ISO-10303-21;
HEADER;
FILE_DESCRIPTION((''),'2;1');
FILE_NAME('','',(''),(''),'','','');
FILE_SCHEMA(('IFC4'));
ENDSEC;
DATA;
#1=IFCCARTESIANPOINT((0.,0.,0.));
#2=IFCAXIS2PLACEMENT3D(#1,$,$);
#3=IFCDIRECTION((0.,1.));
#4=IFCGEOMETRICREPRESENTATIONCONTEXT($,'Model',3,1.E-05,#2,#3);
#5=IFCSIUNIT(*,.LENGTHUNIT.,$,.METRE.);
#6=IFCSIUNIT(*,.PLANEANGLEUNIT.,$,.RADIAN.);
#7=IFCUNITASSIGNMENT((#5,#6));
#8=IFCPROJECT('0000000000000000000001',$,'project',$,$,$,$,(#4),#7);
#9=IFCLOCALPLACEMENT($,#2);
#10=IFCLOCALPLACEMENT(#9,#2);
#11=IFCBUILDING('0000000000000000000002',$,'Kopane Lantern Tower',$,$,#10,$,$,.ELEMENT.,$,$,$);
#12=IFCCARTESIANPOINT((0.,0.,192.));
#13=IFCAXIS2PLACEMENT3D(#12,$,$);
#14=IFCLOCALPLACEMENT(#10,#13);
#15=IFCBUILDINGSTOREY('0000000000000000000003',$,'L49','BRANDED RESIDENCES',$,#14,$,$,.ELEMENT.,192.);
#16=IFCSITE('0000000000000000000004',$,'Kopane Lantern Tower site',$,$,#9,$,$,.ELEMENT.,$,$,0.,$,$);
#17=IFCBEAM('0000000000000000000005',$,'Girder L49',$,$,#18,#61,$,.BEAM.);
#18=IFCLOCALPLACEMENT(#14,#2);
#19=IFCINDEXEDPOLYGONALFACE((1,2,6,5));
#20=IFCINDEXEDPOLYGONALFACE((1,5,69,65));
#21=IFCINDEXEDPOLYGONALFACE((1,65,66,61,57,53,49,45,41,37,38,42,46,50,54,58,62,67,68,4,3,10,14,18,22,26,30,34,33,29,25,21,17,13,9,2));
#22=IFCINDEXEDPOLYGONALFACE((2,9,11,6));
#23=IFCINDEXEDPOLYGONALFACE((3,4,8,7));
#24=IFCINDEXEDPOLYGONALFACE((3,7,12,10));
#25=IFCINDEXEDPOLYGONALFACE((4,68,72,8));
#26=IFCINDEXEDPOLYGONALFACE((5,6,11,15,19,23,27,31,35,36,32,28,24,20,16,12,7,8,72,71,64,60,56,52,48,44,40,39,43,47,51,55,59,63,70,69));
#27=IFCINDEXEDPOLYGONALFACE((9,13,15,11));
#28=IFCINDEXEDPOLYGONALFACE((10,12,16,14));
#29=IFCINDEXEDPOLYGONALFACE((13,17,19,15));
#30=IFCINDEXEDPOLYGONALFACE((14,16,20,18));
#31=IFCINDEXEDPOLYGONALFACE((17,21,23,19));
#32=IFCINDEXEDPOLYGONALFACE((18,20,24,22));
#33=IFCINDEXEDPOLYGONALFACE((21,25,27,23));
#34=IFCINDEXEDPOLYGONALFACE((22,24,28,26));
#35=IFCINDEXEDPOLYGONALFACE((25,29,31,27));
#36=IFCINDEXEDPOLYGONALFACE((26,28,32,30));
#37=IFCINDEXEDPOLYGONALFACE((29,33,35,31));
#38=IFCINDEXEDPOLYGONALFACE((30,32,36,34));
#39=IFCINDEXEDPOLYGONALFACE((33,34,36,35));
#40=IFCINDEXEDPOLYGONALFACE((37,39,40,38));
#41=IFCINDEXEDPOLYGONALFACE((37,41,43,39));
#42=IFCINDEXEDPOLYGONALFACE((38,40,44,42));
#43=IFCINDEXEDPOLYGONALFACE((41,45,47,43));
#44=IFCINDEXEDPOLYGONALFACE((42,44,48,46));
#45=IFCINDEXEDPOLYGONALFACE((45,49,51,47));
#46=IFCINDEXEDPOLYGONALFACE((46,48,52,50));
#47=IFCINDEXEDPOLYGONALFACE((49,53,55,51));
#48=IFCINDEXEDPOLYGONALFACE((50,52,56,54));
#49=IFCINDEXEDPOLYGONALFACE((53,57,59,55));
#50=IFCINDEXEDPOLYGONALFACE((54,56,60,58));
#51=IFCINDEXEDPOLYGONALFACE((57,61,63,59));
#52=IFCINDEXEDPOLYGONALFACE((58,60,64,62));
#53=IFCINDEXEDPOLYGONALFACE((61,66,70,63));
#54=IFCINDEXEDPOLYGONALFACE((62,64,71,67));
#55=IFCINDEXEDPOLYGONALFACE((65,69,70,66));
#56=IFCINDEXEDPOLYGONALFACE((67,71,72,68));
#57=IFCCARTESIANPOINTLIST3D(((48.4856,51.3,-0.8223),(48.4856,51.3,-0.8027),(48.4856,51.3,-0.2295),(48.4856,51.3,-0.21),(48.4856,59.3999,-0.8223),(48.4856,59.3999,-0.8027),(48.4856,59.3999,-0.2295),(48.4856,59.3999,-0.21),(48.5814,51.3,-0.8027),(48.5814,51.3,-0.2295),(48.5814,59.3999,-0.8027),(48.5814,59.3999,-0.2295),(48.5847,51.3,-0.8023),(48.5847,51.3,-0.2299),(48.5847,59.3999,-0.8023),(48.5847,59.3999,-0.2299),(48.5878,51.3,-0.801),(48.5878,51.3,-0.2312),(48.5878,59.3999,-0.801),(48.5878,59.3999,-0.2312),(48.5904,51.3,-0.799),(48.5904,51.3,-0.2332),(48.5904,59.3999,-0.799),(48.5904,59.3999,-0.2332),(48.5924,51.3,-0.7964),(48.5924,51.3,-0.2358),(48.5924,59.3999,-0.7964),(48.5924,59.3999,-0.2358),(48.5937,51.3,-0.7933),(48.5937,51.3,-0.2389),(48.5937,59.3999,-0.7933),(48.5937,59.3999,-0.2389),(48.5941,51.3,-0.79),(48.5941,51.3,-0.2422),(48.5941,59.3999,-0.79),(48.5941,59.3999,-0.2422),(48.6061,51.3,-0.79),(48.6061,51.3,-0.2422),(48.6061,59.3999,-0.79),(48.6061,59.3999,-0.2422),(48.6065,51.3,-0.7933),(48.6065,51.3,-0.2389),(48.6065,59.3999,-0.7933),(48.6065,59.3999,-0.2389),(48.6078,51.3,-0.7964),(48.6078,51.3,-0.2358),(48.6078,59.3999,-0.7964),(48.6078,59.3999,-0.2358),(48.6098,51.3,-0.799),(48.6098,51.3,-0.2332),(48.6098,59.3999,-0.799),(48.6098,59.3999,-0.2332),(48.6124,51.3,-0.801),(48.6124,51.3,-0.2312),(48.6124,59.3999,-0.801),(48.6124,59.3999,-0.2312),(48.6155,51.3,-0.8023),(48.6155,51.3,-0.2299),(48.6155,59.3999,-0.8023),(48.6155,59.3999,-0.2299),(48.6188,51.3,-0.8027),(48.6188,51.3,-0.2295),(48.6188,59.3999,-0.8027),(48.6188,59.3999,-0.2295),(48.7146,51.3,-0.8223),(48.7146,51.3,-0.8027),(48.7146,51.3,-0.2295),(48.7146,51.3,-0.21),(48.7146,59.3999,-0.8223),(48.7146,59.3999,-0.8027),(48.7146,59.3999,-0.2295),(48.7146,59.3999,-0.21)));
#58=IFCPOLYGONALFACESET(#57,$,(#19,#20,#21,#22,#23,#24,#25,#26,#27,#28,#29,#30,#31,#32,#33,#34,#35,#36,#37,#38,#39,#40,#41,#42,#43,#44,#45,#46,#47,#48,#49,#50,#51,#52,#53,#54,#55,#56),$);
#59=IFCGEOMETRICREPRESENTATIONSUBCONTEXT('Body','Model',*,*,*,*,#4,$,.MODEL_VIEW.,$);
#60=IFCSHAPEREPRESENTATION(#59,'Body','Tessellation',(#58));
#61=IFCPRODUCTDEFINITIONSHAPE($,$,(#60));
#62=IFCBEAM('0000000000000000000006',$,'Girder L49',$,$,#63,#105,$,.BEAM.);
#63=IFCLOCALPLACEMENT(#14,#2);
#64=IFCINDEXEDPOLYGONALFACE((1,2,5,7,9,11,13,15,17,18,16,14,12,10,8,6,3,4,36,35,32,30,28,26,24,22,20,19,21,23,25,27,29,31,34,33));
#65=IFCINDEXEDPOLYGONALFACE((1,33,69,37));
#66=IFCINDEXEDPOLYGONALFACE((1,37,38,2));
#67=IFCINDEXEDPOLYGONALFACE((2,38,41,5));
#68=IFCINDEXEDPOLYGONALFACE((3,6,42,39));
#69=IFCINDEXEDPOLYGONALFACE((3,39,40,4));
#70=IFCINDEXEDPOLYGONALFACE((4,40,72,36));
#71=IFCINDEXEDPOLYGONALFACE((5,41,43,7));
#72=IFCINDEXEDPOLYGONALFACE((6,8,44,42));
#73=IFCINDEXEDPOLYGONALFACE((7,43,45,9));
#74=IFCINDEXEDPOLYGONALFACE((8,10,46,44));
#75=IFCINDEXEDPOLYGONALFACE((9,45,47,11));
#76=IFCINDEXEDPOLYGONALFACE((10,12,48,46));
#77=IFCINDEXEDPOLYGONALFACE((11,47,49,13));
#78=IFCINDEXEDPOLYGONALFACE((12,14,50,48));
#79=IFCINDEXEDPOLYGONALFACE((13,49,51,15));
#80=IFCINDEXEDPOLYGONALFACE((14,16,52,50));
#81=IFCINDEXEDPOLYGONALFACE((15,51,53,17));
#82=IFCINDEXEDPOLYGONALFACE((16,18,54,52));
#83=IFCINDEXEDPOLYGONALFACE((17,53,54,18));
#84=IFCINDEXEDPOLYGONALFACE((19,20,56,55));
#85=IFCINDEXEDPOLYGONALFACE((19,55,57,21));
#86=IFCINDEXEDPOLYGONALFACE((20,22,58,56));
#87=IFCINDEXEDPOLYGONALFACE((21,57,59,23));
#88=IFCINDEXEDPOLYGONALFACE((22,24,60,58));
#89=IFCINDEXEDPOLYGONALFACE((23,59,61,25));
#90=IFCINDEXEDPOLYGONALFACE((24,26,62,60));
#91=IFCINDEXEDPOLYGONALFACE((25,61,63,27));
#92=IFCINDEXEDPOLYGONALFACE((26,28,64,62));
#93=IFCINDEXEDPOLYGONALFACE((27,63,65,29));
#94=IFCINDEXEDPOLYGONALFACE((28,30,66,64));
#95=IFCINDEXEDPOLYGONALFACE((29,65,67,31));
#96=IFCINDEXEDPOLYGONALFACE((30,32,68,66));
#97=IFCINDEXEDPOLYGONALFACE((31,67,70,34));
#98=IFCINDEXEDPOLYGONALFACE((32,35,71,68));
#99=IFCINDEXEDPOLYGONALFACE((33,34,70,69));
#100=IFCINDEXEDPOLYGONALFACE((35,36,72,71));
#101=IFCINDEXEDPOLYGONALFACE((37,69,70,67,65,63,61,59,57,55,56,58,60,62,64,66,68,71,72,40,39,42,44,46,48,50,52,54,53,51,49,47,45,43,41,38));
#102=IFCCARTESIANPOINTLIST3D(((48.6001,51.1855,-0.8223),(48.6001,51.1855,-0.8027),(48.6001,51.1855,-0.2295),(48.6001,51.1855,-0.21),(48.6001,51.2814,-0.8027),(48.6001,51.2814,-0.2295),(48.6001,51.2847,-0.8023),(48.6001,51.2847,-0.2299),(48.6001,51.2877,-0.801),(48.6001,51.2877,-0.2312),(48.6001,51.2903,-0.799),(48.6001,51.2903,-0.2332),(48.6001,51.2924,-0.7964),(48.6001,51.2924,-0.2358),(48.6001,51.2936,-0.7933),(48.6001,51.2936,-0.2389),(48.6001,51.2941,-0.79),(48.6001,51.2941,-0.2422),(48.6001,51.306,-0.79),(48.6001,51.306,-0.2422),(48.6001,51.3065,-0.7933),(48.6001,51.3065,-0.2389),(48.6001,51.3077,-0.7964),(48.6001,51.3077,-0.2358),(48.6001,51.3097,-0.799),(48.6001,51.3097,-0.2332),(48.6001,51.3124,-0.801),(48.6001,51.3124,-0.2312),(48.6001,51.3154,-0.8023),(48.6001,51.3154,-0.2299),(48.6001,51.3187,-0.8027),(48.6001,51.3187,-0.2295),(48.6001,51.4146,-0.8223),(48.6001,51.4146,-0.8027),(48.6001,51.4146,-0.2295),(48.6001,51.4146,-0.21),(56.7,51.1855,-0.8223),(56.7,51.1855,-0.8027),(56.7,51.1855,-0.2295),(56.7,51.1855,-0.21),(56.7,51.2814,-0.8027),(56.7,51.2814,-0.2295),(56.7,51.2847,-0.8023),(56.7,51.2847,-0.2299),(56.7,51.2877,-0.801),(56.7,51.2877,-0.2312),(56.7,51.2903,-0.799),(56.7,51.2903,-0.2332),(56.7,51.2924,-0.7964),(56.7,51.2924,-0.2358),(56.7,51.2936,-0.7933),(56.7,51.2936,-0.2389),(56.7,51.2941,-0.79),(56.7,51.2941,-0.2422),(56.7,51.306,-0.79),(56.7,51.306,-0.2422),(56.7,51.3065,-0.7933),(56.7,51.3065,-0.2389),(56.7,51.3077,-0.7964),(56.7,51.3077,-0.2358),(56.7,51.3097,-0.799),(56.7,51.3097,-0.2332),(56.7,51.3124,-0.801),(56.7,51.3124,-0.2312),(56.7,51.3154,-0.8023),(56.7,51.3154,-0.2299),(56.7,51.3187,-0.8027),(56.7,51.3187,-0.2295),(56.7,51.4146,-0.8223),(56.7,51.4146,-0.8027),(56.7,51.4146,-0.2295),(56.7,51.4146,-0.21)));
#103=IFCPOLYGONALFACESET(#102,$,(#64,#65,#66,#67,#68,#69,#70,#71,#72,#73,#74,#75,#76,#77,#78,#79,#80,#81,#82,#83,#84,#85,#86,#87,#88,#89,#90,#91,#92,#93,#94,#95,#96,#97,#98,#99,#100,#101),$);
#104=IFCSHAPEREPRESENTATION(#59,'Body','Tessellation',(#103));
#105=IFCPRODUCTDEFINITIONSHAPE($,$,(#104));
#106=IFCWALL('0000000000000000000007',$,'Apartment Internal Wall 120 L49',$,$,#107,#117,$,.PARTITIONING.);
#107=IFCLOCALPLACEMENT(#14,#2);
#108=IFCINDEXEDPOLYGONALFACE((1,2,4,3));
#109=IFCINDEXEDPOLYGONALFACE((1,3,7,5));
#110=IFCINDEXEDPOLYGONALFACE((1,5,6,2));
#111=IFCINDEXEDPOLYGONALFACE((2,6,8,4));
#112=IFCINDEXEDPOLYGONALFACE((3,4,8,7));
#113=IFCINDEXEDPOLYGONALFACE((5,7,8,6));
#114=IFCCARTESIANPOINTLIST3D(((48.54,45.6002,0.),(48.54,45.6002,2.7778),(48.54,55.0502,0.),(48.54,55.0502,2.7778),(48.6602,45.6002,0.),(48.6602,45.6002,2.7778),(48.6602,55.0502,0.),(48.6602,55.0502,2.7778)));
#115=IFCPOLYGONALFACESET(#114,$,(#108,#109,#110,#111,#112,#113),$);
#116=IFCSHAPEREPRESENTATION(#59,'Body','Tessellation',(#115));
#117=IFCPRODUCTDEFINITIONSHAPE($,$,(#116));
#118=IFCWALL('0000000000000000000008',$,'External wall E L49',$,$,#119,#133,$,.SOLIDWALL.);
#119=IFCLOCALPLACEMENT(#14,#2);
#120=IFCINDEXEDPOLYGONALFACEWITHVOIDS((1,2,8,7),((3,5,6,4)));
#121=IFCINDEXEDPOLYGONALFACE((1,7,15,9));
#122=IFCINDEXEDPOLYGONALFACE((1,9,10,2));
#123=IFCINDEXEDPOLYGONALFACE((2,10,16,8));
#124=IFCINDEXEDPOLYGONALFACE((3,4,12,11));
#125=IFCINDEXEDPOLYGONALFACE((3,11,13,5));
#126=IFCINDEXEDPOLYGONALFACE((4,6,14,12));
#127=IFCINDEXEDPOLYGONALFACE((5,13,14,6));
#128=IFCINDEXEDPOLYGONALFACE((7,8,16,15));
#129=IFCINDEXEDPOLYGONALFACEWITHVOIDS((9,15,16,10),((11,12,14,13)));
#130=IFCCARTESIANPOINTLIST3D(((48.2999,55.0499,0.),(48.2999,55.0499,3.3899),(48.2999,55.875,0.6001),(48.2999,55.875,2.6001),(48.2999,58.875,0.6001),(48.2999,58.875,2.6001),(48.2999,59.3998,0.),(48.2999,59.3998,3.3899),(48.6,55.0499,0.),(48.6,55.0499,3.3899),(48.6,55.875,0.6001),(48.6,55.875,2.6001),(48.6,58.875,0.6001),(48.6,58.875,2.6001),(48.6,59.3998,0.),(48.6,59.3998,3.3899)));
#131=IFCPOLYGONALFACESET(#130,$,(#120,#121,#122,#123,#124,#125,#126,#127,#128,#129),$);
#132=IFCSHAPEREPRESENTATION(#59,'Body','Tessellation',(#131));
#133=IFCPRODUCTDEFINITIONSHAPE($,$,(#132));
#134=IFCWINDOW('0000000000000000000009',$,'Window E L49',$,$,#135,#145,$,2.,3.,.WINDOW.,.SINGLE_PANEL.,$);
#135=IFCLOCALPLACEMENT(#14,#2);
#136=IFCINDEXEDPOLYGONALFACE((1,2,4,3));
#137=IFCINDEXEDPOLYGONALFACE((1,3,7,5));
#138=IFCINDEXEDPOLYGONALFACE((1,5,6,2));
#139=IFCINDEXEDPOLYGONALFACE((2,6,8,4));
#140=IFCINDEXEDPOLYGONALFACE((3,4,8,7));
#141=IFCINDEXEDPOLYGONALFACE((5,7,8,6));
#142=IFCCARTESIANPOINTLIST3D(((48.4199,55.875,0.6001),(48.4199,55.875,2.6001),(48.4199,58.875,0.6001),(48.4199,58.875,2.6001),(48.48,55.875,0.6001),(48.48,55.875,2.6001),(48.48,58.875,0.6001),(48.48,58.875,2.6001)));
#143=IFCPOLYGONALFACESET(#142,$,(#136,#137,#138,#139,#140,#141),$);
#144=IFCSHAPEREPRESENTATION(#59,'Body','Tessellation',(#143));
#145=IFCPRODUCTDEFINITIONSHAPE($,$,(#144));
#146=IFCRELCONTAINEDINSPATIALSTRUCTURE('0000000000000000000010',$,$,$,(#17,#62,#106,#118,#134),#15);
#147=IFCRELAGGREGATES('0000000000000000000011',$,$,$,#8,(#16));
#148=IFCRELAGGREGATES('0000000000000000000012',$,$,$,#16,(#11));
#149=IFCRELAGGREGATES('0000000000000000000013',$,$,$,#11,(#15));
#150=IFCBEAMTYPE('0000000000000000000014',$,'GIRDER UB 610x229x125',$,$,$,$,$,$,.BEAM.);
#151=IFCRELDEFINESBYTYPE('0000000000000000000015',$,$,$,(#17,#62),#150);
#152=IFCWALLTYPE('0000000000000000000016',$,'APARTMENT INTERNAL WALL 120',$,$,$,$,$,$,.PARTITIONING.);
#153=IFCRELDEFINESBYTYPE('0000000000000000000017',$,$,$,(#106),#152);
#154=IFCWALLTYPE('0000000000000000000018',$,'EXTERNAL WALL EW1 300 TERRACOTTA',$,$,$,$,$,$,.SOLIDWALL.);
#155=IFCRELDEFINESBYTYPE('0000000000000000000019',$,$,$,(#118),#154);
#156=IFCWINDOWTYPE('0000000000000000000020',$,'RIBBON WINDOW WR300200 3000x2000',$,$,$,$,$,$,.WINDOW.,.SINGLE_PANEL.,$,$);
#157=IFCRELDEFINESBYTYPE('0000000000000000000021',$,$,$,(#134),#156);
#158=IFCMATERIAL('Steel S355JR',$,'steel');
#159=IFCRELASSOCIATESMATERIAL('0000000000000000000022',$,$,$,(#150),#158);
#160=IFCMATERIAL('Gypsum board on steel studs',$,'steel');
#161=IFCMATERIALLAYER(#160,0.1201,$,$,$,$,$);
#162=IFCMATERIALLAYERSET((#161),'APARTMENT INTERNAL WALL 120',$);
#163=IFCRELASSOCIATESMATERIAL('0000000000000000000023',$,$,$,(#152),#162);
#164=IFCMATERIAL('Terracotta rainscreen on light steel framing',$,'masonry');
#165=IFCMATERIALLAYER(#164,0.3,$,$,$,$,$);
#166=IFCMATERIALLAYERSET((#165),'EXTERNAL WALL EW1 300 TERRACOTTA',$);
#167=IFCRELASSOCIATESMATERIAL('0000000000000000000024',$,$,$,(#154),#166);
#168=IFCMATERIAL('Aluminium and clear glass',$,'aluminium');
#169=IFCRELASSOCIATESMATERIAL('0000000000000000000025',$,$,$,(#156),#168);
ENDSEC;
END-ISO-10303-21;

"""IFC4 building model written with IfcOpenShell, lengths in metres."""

from ifc_helpers import new_model, si_unit, direction, frame, frame_2d, origin, origin_2d, place, context, subcontext, project, spatial, rectangle, i_section, extrude, material, layer, layer_set, material_profile, profile_set, type_object, element, fill, save


model = new_model("IFC4")

# Units and contexts
model_context = context("Model", 3, precision=1e-05, world=origin(), true_north=direction((0.0, 1.0)))
body_context = subcontext(model_context, "Body", "Model", "MODEL_VIEW")
ifc_project = project(units=[si_unit("LENGTHUNIT", "METRE"), si_unit("PLANEANGLEUNIT", "RADIAN")], contexts=[model_context])

# Site, building, storey
site_placement = place(None, origin())
site = spatial("IfcSite", under=ifc_project, at=site_placement, Name="Kopane Lantern Tower site", CompositionType="ELEMENT", RefElevation=0.0)
building_placement = place(site_placement, origin())
building = spatial("IfcBuilding", under=site, at=building_placement, Name="Kopane Lantern Tower", CompositionType="ELEMENT")
storey_placement = place(building_placement, frame((0.0, 0.0, 192.0)))
storey = spatial("IfcBuildingStorey", under=building, at=storey_placement, Name="L49", Description="BRANDED RESIDENCES", CompositionType="ELEMENT", Elevation=192.0)

# Beams
ifc_material_1 = material(Name="Steel S355JR", Category="steel")
ifc_material_profile_1 = material_profile(ifc_material_1, i_section(OverallWidth=0.229, OverallDepth=0.6123, WebThickness=0.012, FlangeThickness=0.0195, FilletRadius=0.0127, at=origin_2d()), Name="UB 610x229x125")
ifc_profile_set_1 = profile_set([ifc_material_profile_1], Name="Steel S355JR")
beam_type = type_object("IfcBeamType", Name="GIRDER UB 610x229x125", PredefinedType="BEAM", material=ifc_profile_set_1)
for number, where, z_axis, x_axis, name in (
    (1, (48.6001, 51.3, -0.5161), (0.0, 1.0, 0.0), (-1.0, 0.0, 0.0), "Girder L49"),
    (2, (48.6001, 51.3, -0.5161), (1.0, 0.0, 0.0), (0.0, 1.0, 0.0), "Girder L49"),
):
    element("IfcBeam", number, at=place(storey_placement, frame(where, z_axis=z_axis, x_axis=x_axis)), inside=storey, type_object=beam_type, Name=name, PredefinedType="BEAM", context=body_context, shape_type="SweptSolid", body=[
        extrude(i_section(OverallWidth=0.229, OverallDepth=0.6123, WebThickness=0.012, FlangeThickness=0.0195, FilletRadius=0.0127, at=origin_2d()), origin(), (0.0, 0.0, 1.0), 8.0999),
    ])

# Wall
ifc_material_2 = material(Name="Gypsum board on steel studs", Category="steel")
ifc_layer_1 = layer(ifc_material_2, 0.1201)
ifc_layer_set_1 = layer_set([ifc_layer_1], Name="APARTMENT INTERNAL WALL 120")
wall_type_1 = type_object("IfcWallType", Name="APARTMENT INTERNAL WALL 120", PredefinedType="PARTITIONING", material=ifc_layer_set_1)
wall_1_placement = place(storey_placement, frame((48.6001, 45.6001, 0.0), z_axis=(0.0, 0.0, 1.0), x_axis=(0.0, 1.0, 0.0)))
element("IfcWall", 3, at=wall_1_placement, inside=storey, type_object=wall_type_1, Name="Apartment Internal Wall 120 L49", PredefinedType="PARTITIONING", context=body_context, shape_type="SweptSolid", body=[
    extrude(rectangle(XDim=9.45, YDim=0.1201, at=frame_2d((4.7251, 0.0))), origin(), (0.0, 0.0, 1.0), 2.7778),
])

# Wall, opening, window
ifc_material_3 = material(Name="Terracotta rainscreen on light steel framing", Category="masonry")
ifc_layer_2 = layer(ifc_material_3, 0.3)
ifc_layer_set_2 = layer_set([ifc_layer_2], Name="EXTERNAL WALL EW1 300 TERRACOTTA")
wall_type_2 = type_object("IfcWallType", Name="EXTERNAL WALL EW1 300 TERRACOTTA", PredefinedType="SOLIDWALL", material=ifc_layer_set_2)
wall_2_placement = place(storey_placement, frame((48.45, 55.05, 0.0), z_axis=(0.0, 0.0, 1.0), x_axis=(0.0, 1.0, 0.0)))
wall_2 = element("IfcWall", 4, at=wall_2_placement, inside=storey, type_object=wall_type_2, Name="External wall E L49", PredefinedType="SOLIDWALL", context=body_context, shape_type="SweptSolid", body=[
    extrude(rectangle(XDim=4.3499, YDim=0.3, at=frame_2d((2.1748, 0.0))), origin(), (0.0, 0.0, 1.0), 3.3899),
])
opening_1_placement = place(wall_2_placement, frame((0.825, 0.0, 0.6001)))
opening_1 = element("IfcOpeningElement", 5, at=opening_1_placement, cuts=wall_2, PredefinedType="OPENING", context=body_context, shape_type="SweptSolid", body=[
    extrude(rectangle(XDim=3.0, YDim=2.0, at=frame_2d((1.5, 1.0))), frame((0.0, 0.1599, 0.0), z_axis=(0.0, -1.0, 0.0), x_axis=(1.0, 0.0, 0.0)), (0.0, 0.0, 1.0), 0.3201),
])
ifc_material_4 = material(Name="Aluminium and clear glass", Category="aluminium")
window_type_1 = type_object("IfcWindowType", Name="RIBBON WINDOW WR300200 3000x2000", PartitioningType="SINGLE_PANEL", PredefinedType="WINDOW", material=ifc_material_4)
window_1_placement = place(opening_1_placement, origin())
window_1 = element("IfcWindow", 6, at=window_1_placement, inside=storey, type_object=window_type_1, Name="Window E L49", OverallHeight=2.0, OverallWidth=3.0, PartitioningType="SINGLE_PANEL", PredefinedType="WINDOW", context=body_context, shape_type="SweptSolid", body=[
    extrude(rectangle(XDim=3.0, YDim=2.0, at=frame_2d((1.5, 1.0))), frame((0.0, 0.03, 0.0), z_axis=(0.0, -1.0, 0.0), x_axis=(1.0, 0.0, 0.0)), (0.0, 0.0, 1.0), 0.0601),
])
fill(opening_1, window_1)

save(model, "model.ifc")
